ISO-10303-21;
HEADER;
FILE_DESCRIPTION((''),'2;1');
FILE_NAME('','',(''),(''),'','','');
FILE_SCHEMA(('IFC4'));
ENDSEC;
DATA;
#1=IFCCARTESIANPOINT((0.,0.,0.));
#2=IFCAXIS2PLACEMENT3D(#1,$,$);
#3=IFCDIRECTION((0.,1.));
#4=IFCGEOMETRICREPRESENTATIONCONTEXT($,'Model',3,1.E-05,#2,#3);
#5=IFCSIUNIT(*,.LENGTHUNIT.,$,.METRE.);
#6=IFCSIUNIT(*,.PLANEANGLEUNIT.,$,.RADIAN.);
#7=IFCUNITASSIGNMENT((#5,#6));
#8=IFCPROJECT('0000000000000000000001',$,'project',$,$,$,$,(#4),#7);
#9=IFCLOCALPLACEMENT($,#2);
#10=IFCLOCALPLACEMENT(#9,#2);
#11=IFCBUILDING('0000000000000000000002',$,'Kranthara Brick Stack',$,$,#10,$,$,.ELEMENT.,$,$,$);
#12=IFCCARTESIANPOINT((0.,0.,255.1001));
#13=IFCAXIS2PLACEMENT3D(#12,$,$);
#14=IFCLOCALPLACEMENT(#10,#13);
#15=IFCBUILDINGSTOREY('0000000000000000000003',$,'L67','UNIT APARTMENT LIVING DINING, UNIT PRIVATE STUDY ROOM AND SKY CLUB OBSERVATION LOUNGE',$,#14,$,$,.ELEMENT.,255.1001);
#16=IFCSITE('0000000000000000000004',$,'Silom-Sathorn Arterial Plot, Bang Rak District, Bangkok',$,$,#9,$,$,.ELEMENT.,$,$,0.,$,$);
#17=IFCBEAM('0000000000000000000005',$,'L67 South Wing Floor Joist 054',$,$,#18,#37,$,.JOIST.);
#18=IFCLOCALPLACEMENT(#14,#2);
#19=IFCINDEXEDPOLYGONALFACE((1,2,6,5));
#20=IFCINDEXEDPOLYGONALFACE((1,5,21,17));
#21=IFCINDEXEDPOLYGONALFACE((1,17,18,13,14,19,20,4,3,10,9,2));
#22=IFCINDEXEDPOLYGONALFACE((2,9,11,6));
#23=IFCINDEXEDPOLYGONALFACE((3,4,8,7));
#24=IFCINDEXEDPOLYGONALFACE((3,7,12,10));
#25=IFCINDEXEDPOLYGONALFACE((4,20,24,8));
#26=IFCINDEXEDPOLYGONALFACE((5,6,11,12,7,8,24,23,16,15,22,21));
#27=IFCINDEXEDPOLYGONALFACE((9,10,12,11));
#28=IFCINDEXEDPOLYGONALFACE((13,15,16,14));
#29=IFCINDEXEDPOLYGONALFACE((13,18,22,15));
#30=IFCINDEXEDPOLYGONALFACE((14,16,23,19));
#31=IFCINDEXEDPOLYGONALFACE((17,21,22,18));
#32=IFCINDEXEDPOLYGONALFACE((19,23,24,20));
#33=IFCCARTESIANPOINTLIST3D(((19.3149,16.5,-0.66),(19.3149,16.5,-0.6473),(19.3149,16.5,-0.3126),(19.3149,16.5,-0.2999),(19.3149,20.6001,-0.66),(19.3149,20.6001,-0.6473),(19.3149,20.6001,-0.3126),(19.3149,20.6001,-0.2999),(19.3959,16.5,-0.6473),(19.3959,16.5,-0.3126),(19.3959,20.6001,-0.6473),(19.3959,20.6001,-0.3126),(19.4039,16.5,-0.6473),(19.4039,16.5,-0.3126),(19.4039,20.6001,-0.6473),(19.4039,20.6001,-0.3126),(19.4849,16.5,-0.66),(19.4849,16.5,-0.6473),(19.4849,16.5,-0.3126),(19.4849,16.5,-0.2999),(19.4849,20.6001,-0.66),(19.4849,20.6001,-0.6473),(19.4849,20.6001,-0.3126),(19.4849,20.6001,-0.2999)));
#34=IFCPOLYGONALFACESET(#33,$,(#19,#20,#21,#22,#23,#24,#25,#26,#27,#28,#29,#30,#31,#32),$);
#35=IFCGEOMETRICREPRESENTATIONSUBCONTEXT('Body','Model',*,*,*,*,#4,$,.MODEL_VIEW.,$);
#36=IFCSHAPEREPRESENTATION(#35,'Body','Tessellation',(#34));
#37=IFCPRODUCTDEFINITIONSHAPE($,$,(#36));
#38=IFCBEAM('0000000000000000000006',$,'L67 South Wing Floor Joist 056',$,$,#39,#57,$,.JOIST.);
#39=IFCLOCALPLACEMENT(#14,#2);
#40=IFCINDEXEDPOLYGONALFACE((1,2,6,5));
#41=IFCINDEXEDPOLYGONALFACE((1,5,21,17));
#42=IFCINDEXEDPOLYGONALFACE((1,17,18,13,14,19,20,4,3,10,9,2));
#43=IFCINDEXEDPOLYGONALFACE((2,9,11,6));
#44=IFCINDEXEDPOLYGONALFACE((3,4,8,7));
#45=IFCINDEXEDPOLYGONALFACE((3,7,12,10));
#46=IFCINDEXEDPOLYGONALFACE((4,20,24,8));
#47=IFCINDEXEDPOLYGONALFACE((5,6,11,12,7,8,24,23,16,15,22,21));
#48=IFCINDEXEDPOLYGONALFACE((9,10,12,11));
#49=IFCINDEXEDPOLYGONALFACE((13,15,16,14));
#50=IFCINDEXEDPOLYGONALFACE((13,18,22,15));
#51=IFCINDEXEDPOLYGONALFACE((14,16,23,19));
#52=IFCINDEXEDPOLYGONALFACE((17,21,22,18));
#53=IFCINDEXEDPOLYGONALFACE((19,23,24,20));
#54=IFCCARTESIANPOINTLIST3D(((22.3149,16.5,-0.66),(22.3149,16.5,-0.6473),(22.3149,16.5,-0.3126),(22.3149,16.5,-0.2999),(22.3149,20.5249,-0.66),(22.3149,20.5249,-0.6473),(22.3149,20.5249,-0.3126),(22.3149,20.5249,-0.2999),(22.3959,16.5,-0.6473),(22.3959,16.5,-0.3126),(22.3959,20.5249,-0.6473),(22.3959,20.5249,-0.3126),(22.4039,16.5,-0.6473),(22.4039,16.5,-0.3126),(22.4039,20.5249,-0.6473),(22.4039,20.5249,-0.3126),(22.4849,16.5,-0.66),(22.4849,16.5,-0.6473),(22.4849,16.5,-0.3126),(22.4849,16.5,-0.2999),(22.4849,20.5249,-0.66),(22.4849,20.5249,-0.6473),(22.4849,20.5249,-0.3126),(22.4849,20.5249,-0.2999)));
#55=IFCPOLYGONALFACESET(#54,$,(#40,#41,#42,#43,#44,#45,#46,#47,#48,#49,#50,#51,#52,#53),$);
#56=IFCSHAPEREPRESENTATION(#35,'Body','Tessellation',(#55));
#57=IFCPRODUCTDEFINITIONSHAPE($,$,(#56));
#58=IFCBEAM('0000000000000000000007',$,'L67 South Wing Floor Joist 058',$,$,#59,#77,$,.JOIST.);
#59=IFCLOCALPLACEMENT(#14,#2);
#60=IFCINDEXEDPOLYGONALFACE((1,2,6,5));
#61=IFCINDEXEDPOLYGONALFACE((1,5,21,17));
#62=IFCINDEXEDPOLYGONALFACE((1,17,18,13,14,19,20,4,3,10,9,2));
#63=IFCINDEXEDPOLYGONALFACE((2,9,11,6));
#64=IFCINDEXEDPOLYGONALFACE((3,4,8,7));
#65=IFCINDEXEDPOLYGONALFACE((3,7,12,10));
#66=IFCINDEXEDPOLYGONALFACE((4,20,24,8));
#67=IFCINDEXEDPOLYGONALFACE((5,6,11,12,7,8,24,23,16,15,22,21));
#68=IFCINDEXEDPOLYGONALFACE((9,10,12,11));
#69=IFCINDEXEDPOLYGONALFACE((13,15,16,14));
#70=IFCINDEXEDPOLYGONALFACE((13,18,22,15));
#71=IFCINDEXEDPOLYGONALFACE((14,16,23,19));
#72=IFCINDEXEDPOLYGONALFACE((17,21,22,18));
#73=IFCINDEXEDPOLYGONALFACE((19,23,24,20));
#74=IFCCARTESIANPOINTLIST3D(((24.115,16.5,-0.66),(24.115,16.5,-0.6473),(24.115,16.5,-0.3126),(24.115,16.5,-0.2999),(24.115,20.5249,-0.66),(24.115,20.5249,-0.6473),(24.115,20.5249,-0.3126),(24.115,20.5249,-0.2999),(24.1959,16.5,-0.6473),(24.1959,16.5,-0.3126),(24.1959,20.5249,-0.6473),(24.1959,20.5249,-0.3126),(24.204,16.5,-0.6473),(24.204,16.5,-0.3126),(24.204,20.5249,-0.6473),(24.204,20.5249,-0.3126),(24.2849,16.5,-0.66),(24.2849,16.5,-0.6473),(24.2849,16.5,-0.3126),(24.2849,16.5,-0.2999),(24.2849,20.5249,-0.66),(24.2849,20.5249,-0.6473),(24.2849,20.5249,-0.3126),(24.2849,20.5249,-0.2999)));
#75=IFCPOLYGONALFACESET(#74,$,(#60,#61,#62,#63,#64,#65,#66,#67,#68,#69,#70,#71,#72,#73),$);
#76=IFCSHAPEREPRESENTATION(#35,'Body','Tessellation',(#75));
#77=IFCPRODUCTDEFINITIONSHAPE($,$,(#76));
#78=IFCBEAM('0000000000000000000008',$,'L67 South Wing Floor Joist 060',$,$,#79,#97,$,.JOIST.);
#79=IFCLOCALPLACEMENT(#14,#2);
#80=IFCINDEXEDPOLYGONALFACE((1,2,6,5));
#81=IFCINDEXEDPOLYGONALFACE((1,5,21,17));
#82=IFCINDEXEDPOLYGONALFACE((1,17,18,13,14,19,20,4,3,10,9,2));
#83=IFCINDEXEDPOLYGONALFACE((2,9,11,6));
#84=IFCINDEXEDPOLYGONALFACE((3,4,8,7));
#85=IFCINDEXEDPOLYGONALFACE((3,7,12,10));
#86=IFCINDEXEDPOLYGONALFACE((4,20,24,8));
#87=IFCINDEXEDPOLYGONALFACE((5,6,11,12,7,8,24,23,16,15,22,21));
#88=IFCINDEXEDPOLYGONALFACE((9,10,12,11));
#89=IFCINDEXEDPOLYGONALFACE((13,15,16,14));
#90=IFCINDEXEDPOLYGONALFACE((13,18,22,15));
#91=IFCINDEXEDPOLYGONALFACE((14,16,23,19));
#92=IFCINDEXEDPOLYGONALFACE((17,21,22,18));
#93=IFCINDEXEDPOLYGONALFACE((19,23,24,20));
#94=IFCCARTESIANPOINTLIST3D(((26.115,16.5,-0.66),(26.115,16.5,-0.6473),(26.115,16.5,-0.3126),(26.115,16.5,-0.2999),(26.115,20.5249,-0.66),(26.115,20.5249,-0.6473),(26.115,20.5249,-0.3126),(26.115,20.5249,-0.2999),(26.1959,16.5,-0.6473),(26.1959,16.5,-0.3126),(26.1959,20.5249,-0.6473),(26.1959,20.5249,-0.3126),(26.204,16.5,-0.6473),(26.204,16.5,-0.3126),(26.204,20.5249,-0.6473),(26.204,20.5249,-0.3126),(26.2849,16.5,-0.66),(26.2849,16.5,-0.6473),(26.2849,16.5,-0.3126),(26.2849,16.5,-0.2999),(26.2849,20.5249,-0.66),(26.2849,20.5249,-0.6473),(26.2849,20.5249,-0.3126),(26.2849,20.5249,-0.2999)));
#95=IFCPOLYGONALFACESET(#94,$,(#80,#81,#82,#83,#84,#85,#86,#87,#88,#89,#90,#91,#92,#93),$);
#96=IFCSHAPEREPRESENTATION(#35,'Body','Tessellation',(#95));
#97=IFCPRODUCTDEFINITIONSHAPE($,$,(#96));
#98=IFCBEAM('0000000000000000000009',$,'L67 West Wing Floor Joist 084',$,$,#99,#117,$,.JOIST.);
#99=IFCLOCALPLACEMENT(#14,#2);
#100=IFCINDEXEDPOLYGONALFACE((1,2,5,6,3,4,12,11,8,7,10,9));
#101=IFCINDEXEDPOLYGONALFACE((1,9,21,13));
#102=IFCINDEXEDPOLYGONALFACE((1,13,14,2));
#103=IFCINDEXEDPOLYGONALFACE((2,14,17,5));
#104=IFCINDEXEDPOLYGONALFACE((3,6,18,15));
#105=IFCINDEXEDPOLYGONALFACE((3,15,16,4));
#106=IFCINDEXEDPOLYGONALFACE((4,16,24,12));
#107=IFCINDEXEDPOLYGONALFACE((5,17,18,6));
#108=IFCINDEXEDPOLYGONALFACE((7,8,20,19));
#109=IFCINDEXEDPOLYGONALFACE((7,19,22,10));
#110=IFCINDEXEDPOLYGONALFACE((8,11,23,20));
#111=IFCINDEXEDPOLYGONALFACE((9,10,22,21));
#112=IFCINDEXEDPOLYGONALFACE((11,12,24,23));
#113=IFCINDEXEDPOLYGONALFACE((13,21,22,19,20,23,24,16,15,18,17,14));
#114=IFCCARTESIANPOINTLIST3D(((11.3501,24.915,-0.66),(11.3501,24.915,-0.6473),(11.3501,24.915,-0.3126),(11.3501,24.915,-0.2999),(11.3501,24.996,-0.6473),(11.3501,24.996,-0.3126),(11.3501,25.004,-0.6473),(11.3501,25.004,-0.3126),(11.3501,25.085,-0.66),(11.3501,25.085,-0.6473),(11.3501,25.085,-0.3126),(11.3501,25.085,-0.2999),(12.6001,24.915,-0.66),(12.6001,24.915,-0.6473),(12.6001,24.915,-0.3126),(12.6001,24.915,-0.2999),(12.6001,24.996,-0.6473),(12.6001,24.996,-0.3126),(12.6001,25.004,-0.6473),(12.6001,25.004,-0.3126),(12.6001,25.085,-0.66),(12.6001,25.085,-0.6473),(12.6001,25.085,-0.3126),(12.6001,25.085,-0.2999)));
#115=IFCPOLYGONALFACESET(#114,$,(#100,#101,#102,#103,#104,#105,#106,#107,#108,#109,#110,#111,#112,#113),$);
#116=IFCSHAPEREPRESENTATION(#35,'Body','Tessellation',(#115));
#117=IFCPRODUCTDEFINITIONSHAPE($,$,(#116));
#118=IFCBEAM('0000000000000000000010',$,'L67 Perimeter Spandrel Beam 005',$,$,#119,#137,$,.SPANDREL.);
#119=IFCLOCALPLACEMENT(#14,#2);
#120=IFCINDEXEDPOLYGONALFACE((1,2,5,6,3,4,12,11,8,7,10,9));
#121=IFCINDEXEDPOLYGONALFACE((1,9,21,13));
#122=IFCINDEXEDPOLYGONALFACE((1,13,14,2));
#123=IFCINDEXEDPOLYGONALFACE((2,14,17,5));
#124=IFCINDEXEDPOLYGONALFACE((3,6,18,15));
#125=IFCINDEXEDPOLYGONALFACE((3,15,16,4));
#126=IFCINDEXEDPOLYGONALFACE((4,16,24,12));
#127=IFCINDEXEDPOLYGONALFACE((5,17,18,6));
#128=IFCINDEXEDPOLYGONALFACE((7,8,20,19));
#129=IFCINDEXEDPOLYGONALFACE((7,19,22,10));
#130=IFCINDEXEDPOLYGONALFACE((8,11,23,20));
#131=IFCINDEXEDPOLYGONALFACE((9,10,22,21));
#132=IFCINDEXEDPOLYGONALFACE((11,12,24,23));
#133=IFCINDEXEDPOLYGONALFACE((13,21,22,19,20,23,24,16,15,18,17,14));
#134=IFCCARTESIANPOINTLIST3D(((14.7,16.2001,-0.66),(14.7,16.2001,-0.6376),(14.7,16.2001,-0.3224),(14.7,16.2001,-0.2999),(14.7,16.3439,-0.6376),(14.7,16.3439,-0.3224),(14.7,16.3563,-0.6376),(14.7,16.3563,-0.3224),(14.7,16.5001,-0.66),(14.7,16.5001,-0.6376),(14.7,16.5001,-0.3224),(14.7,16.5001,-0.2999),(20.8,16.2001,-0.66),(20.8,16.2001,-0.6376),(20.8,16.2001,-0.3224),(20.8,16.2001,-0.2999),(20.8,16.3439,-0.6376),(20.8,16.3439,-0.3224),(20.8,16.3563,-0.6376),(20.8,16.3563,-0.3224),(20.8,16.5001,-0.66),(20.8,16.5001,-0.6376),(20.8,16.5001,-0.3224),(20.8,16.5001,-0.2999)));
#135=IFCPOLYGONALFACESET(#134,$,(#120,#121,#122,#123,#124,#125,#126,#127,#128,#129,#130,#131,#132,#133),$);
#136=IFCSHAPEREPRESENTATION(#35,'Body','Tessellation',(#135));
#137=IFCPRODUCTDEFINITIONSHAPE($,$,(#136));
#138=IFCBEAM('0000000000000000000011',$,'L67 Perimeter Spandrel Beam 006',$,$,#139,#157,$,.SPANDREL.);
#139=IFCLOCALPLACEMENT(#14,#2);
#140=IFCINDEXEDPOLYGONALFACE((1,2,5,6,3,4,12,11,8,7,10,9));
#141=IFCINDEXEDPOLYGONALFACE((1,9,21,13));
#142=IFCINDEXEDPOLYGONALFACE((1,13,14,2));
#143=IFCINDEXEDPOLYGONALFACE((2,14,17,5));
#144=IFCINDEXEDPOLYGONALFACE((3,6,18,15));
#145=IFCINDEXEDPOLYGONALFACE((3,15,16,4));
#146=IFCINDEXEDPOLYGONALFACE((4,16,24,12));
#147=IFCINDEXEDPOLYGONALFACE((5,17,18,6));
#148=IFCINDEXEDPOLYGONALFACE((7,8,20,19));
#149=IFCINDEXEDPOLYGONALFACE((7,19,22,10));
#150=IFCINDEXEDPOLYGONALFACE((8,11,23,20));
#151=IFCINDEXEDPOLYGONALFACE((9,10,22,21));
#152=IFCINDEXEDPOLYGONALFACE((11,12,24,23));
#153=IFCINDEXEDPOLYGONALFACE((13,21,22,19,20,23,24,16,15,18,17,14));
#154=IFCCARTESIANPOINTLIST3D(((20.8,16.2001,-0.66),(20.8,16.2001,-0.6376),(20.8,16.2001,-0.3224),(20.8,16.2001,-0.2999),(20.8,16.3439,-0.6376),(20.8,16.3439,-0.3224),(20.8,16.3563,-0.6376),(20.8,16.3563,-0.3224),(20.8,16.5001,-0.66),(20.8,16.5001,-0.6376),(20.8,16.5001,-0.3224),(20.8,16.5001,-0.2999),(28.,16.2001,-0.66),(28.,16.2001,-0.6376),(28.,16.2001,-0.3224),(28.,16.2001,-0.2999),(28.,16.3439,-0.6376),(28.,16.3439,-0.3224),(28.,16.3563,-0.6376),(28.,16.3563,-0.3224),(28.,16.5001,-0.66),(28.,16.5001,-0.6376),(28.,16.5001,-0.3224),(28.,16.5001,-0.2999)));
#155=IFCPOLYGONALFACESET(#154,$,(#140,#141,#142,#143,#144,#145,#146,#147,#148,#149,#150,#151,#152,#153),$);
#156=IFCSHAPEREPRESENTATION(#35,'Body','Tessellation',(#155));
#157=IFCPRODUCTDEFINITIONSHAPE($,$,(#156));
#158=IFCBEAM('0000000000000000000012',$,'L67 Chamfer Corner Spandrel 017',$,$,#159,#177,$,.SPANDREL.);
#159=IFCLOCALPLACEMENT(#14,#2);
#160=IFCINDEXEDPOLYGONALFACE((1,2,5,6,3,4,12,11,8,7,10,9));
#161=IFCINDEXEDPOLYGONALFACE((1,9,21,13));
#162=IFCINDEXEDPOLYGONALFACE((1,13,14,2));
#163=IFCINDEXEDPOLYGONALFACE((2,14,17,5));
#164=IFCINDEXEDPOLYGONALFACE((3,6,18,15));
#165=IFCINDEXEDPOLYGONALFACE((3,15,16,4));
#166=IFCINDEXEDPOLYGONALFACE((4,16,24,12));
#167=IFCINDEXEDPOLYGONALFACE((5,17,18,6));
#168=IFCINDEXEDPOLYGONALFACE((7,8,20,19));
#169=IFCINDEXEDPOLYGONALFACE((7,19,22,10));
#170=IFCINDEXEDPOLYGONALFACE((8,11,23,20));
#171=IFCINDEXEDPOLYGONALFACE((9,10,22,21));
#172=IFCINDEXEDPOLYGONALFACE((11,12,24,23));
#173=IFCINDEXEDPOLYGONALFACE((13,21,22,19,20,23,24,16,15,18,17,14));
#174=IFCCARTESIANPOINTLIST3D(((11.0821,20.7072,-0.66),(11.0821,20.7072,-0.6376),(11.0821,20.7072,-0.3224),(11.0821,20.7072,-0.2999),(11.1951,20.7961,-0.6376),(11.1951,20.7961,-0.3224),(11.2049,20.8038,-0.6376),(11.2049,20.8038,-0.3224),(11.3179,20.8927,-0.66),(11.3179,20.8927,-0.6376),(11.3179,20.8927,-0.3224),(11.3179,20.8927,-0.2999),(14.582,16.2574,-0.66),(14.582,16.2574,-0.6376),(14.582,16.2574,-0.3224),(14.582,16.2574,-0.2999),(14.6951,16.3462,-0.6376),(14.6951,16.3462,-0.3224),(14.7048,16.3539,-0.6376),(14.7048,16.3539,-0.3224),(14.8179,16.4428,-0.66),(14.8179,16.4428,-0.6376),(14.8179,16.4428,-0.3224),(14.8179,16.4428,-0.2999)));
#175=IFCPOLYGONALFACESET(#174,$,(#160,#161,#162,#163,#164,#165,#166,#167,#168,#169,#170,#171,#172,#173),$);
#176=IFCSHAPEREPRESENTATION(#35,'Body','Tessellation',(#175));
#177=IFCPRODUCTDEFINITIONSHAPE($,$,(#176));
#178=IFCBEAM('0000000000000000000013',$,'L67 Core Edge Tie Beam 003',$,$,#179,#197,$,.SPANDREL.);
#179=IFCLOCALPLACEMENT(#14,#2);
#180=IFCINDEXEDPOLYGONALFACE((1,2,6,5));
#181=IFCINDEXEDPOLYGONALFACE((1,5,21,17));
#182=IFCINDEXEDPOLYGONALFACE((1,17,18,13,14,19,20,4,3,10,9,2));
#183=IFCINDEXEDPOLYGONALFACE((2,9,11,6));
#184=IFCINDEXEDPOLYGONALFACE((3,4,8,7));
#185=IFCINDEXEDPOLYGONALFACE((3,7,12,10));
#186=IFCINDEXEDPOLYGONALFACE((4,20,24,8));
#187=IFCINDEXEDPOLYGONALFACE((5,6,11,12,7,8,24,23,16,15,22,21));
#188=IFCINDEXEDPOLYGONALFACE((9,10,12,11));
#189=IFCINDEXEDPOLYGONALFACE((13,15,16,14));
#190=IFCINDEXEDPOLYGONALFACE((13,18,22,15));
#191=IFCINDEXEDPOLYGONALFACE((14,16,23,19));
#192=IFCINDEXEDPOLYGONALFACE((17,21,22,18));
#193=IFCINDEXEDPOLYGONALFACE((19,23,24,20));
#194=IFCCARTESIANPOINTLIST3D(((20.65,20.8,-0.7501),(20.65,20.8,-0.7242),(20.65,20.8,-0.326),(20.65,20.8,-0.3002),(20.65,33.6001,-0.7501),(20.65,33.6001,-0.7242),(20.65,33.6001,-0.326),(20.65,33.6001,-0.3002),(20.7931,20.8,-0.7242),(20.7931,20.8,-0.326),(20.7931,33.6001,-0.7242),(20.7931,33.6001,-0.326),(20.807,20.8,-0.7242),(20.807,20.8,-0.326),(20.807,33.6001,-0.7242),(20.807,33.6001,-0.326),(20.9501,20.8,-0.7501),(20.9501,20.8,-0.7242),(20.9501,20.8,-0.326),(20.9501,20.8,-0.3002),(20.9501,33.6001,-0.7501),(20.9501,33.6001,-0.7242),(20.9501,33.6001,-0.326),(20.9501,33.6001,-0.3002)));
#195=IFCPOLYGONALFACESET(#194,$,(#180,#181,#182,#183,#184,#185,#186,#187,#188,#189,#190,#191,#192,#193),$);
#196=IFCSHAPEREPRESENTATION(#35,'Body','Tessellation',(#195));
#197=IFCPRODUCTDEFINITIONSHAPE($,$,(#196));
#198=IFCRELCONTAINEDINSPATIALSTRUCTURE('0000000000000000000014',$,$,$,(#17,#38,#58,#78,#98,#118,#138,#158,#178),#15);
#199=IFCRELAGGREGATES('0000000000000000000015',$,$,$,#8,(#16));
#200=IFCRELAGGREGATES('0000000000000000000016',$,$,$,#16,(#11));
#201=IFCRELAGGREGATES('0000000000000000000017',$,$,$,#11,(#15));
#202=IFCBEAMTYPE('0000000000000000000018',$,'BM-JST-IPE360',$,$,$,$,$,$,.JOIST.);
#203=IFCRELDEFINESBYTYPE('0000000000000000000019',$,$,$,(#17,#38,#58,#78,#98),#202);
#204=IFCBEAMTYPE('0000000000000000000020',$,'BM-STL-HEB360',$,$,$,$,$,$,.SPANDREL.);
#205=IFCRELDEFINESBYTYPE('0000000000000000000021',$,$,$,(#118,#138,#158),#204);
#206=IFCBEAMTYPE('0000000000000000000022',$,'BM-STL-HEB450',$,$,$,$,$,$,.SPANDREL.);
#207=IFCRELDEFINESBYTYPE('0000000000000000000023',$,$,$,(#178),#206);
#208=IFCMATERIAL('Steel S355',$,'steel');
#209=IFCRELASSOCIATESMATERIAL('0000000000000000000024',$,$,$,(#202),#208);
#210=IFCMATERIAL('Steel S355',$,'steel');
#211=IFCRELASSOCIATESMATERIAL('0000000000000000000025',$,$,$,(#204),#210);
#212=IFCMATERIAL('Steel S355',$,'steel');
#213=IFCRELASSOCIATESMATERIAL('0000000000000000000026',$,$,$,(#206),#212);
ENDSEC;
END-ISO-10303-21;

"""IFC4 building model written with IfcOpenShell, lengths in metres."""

from ifc_helpers import new_model, si_unit, direction, frame, origin, origin_2d, place, context, subcontext, project, spatial, i_section, extrude, material, material_profile, profile_set, type_object, element, save


model = new_model("IFC4")

# Units and contexts
model_context = context("Model", 3, precision=1e-05, world=origin(), true_north=direction((0.0, 1.0)))
body_context = subcontext(model_context, "Body", "Model", "MODEL_VIEW")
ifc_project = project(units=[si_unit("LENGTHUNIT", "METRE"), si_unit("PLANEANGLEUNIT", "RADIAN")], contexts=[model_context])

# Site, building, storey
site_placement = place(None, origin())
site = spatial("IfcSite", under=ifc_project, at=site_placement, Name="Silom-Sathorn Arterial Plot, Bang Rak District, Bangkok", CompositionType="ELEMENT", RefElevation=0.0)
building_placement = place(site_placement, origin())
building = spatial("IfcBuilding", under=site, at=building_placement, Name="Kranthara Brick Stack", CompositionType="ELEMENT")
storey_placement = place(building_placement, frame((0.0, 0.0, 255.1001)))
storey = spatial("IfcBuildingStorey", under=building, at=storey_placement, Name="L67", Description="UNIT APARTMENT LIVING DINING, UNIT PRIVATE STUDY ROOM AND SKY CLUB OBSERVATION LOUNGE", CompositionType="ELEMENT", Elevation=255.1001)

# Beams
ifc_material_1 = material(Name="Steel S355", Category="steel")
ifc_material_profile_1 = material_profile(ifc_material_1, i_section(OverallWidth=0.1699, OverallDepth=0.3601, WebThickness=0.0081, FlangeThickness=0.0127, at=origin_2d()), Name="IPE 360")
ifc_profile_set_1 = profile_set([ifc_material_profile_1], Name="Steel S355")
beam_type_1 = type_object("IfcBeamType", Name="BM-JST-IPE360", PredefinedType="JOIST", material=ifc_profile_set_1)
for number, where, z_axis, x_axis, name in (
    (1, (19.3999, 16.5, -0.48), (0.0, 1.0, 0.0), (-1.0, 0.0, 0.0), "L67 South Wing Floor Joist 054"),
):
    element("IfcBeam", number, at=place(storey_placement, frame(where, z_axis=z_axis, x_axis=x_axis)), inside=storey, type_object=beam_type_1, Name=name, PredefinedType="JOIST", context=body_context, shape_type="SweptSolid", body=[
        extrude(i_section(OverallWidth=0.1699, OverallDepth=0.3601, WebThickness=0.0081, FlangeThickness=0.0127, at=origin_2d()), origin(), (0.0, 0.0, 1.0), 4.1001),
    ])
for number, where, z_axis, x_axis, name in (
    (2, (22.3999, 16.5, -0.48), (0.0, 1.0, 0.0), (-1.0, 0.0, 0.0), "L67 South Wing Floor Joist 056"),
    (3, (24.2, 16.5, -0.48), (0.0, 1.0, 0.0), (-1.0, 0.0, 0.0), "L67 South Wing Floor Joist 058"),
    (4, (26.2, 16.5, -0.48), (0.0, 1.0, 0.0), (-1.0, 0.0, 0.0), "L67 South Wing Floor Joist 060"),
):
    element("IfcBeam", number, at=place(storey_placement, frame(where, z_axis=z_axis, x_axis=x_axis)), inside=storey, type_object=beam_type_1, Name=name, PredefinedType="JOIST", context=body_context, shape_type="SweptSolid", body=[
        extrude(i_section(OverallWidth=0.1699, OverallDepth=0.3601, WebThickness=0.0081, FlangeThickness=0.0127, at=origin_2d()), origin(), (0.0, 0.0, 1.0), 4.0249),
    ])
beam_1_placement = place(storey_placement, frame((11.3501, 25.0, -0.48), z_axis=(1.0, 0.0, 0.0), x_axis=(0.0, 1.0, 0.0)))
element("IfcBeam", 5, at=beam_1_placement, inside=storey, type_object=beam_type_1, Name="L67 West Wing Floor Joist 084", PredefinedType="JOIST", context=body_context, shape_type="SweptSolid", body=[
    extrude(i_section(OverallWidth=0.1699, OverallDepth=0.3601, WebThickness=0.0081, FlangeThickness=0.0127, at=origin_2d()), origin(), (0.0, 0.0, 1.0), 1.25),
])
ifc_material_2 = material(Name="Steel S355", Category="steel")
ifc_material_profile_2 = material_profile(ifc_material_2, i_section(OverallWidth=0.3, OverallDepth=0.3601, WebThickness=0.0125, FlangeThickness=0.0225, at=origin_2d()), Name="HEB 360")
ifc_profile_set_2 = profile_set([ifc_material_profile_2], Name="Steel S355")
beam_type_2 = type_object("IfcBeamType", Name="BM-STL-HEB360", PredefinedType="SPANDREL", material=ifc_profile_set_2)
beam_2_placement = place(storey_placement, frame((14.7, 16.3501, -0.48), z_axis=(1.0, 0.0, 0.0), x_axis=(0.0, 1.0, 0.0)))
element("IfcBeam", 6, at=beam_2_placement, inside=storey, type_object=beam_type_2, Name="L67 Perimeter Spandrel Beam 005", PredefinedType="SPANDREL", context=body_context, shape_type="SweptSolid", body=[
    extrude(i_section(OverallWidth=0.3, OverallDepth=0.3601, WebThickness=0.0125, FlangeThickness=0.0225, at=origin_2d()), origin(), (0.0, 0.0, 1.0), 6.1001),
])
beam_3_placement = place(storey_placement, frame((20.8, 16.3501, -0.48), z_axis=(1.0, 0.0, 0.0), x_axis=(0.0, 1.0, 0.0)))
element("IfcBeam", 7, at=beam_3_placement, inside=storey, type_object=beam_type_2, Name="L67 Perimeter Spandrel Beam 006", PredefinedType="SPANDREL", context=body_context, shape_type="SweptSolid", body=[
    extrude(i_section(OverallWidth=0.3, OverallDepth=0.3601, WebThickness=0.0125, FlangeThickness=0.0225, at=origin_2d()), origin(), (0.0, 0.0, 1.0), 7.2),
])
beam_4_placement = place(storey_placement, frame((14.7, 16.3501, -0.48), z_axis=(-0.618216, 0.786008, 0.0), x_axis=(-0.786008, -0.618216, 0.0)))
element("IfcBeam", 8, at=beam_4_placement, inside=storey, type_object=beam_type_2, Name="L67 Chamfer Corner Spandrel 017", PredefinedType="SPANDREL", context=body_context, shape_type="SweptSolid", body=[
    extrude(i_section(OverallWidth=0.3, OverallDepth=0.3601, WebThickness=0.0125, FlangeThickness=0.0225, at=origin_2d()), origin(), (0.0, 0.0, 1.0), 5.6614),
])
ifc_material_3 = material(Name="Steel S355", Category="steel")
ifc_material_profile_3 = material_profile(ifc_material_3, i_section(OverallWidth=0.3, OverallDepth=0.45, WebThickness=0.0139, FlangeThickness=0.0259, at=origin_2d()), Name="HEB 450")
ifc_profile_set_3 = profile_set([ifc_material_profile_3], Name="Steel S355")
beam_type_3 = type_object("IfcBeamType", Name="BM-STL-HEB450", PredefinedType="SPANDREL", material=ifc_profile_set_3)
beam_5_placement = place(storey_placement, frame((20.8, 20.8, -0.5251), z_axis=(0.0, 1.0, 0.0), x_axis=(-1.0, 0.0, 0.0)))
element("IfcBeam", 9, at=beam_5_placement, inside=storey, type_object=beam_type_3, Name="L67 Core Edge Tie Beam 003", PredefinedType="SPANDREL", context=body_context, shape_type="SweptSolid", body=[
    extrude(i_section(OverallWidth=0.3, OverallDepth=0.45, WebThickness=0.0139, FlangeThickness=0.0259, at=origin_2d()), origin(), (0.0, 0.0, 1.0), 12.8),
])

save(model, "model.ifc")
